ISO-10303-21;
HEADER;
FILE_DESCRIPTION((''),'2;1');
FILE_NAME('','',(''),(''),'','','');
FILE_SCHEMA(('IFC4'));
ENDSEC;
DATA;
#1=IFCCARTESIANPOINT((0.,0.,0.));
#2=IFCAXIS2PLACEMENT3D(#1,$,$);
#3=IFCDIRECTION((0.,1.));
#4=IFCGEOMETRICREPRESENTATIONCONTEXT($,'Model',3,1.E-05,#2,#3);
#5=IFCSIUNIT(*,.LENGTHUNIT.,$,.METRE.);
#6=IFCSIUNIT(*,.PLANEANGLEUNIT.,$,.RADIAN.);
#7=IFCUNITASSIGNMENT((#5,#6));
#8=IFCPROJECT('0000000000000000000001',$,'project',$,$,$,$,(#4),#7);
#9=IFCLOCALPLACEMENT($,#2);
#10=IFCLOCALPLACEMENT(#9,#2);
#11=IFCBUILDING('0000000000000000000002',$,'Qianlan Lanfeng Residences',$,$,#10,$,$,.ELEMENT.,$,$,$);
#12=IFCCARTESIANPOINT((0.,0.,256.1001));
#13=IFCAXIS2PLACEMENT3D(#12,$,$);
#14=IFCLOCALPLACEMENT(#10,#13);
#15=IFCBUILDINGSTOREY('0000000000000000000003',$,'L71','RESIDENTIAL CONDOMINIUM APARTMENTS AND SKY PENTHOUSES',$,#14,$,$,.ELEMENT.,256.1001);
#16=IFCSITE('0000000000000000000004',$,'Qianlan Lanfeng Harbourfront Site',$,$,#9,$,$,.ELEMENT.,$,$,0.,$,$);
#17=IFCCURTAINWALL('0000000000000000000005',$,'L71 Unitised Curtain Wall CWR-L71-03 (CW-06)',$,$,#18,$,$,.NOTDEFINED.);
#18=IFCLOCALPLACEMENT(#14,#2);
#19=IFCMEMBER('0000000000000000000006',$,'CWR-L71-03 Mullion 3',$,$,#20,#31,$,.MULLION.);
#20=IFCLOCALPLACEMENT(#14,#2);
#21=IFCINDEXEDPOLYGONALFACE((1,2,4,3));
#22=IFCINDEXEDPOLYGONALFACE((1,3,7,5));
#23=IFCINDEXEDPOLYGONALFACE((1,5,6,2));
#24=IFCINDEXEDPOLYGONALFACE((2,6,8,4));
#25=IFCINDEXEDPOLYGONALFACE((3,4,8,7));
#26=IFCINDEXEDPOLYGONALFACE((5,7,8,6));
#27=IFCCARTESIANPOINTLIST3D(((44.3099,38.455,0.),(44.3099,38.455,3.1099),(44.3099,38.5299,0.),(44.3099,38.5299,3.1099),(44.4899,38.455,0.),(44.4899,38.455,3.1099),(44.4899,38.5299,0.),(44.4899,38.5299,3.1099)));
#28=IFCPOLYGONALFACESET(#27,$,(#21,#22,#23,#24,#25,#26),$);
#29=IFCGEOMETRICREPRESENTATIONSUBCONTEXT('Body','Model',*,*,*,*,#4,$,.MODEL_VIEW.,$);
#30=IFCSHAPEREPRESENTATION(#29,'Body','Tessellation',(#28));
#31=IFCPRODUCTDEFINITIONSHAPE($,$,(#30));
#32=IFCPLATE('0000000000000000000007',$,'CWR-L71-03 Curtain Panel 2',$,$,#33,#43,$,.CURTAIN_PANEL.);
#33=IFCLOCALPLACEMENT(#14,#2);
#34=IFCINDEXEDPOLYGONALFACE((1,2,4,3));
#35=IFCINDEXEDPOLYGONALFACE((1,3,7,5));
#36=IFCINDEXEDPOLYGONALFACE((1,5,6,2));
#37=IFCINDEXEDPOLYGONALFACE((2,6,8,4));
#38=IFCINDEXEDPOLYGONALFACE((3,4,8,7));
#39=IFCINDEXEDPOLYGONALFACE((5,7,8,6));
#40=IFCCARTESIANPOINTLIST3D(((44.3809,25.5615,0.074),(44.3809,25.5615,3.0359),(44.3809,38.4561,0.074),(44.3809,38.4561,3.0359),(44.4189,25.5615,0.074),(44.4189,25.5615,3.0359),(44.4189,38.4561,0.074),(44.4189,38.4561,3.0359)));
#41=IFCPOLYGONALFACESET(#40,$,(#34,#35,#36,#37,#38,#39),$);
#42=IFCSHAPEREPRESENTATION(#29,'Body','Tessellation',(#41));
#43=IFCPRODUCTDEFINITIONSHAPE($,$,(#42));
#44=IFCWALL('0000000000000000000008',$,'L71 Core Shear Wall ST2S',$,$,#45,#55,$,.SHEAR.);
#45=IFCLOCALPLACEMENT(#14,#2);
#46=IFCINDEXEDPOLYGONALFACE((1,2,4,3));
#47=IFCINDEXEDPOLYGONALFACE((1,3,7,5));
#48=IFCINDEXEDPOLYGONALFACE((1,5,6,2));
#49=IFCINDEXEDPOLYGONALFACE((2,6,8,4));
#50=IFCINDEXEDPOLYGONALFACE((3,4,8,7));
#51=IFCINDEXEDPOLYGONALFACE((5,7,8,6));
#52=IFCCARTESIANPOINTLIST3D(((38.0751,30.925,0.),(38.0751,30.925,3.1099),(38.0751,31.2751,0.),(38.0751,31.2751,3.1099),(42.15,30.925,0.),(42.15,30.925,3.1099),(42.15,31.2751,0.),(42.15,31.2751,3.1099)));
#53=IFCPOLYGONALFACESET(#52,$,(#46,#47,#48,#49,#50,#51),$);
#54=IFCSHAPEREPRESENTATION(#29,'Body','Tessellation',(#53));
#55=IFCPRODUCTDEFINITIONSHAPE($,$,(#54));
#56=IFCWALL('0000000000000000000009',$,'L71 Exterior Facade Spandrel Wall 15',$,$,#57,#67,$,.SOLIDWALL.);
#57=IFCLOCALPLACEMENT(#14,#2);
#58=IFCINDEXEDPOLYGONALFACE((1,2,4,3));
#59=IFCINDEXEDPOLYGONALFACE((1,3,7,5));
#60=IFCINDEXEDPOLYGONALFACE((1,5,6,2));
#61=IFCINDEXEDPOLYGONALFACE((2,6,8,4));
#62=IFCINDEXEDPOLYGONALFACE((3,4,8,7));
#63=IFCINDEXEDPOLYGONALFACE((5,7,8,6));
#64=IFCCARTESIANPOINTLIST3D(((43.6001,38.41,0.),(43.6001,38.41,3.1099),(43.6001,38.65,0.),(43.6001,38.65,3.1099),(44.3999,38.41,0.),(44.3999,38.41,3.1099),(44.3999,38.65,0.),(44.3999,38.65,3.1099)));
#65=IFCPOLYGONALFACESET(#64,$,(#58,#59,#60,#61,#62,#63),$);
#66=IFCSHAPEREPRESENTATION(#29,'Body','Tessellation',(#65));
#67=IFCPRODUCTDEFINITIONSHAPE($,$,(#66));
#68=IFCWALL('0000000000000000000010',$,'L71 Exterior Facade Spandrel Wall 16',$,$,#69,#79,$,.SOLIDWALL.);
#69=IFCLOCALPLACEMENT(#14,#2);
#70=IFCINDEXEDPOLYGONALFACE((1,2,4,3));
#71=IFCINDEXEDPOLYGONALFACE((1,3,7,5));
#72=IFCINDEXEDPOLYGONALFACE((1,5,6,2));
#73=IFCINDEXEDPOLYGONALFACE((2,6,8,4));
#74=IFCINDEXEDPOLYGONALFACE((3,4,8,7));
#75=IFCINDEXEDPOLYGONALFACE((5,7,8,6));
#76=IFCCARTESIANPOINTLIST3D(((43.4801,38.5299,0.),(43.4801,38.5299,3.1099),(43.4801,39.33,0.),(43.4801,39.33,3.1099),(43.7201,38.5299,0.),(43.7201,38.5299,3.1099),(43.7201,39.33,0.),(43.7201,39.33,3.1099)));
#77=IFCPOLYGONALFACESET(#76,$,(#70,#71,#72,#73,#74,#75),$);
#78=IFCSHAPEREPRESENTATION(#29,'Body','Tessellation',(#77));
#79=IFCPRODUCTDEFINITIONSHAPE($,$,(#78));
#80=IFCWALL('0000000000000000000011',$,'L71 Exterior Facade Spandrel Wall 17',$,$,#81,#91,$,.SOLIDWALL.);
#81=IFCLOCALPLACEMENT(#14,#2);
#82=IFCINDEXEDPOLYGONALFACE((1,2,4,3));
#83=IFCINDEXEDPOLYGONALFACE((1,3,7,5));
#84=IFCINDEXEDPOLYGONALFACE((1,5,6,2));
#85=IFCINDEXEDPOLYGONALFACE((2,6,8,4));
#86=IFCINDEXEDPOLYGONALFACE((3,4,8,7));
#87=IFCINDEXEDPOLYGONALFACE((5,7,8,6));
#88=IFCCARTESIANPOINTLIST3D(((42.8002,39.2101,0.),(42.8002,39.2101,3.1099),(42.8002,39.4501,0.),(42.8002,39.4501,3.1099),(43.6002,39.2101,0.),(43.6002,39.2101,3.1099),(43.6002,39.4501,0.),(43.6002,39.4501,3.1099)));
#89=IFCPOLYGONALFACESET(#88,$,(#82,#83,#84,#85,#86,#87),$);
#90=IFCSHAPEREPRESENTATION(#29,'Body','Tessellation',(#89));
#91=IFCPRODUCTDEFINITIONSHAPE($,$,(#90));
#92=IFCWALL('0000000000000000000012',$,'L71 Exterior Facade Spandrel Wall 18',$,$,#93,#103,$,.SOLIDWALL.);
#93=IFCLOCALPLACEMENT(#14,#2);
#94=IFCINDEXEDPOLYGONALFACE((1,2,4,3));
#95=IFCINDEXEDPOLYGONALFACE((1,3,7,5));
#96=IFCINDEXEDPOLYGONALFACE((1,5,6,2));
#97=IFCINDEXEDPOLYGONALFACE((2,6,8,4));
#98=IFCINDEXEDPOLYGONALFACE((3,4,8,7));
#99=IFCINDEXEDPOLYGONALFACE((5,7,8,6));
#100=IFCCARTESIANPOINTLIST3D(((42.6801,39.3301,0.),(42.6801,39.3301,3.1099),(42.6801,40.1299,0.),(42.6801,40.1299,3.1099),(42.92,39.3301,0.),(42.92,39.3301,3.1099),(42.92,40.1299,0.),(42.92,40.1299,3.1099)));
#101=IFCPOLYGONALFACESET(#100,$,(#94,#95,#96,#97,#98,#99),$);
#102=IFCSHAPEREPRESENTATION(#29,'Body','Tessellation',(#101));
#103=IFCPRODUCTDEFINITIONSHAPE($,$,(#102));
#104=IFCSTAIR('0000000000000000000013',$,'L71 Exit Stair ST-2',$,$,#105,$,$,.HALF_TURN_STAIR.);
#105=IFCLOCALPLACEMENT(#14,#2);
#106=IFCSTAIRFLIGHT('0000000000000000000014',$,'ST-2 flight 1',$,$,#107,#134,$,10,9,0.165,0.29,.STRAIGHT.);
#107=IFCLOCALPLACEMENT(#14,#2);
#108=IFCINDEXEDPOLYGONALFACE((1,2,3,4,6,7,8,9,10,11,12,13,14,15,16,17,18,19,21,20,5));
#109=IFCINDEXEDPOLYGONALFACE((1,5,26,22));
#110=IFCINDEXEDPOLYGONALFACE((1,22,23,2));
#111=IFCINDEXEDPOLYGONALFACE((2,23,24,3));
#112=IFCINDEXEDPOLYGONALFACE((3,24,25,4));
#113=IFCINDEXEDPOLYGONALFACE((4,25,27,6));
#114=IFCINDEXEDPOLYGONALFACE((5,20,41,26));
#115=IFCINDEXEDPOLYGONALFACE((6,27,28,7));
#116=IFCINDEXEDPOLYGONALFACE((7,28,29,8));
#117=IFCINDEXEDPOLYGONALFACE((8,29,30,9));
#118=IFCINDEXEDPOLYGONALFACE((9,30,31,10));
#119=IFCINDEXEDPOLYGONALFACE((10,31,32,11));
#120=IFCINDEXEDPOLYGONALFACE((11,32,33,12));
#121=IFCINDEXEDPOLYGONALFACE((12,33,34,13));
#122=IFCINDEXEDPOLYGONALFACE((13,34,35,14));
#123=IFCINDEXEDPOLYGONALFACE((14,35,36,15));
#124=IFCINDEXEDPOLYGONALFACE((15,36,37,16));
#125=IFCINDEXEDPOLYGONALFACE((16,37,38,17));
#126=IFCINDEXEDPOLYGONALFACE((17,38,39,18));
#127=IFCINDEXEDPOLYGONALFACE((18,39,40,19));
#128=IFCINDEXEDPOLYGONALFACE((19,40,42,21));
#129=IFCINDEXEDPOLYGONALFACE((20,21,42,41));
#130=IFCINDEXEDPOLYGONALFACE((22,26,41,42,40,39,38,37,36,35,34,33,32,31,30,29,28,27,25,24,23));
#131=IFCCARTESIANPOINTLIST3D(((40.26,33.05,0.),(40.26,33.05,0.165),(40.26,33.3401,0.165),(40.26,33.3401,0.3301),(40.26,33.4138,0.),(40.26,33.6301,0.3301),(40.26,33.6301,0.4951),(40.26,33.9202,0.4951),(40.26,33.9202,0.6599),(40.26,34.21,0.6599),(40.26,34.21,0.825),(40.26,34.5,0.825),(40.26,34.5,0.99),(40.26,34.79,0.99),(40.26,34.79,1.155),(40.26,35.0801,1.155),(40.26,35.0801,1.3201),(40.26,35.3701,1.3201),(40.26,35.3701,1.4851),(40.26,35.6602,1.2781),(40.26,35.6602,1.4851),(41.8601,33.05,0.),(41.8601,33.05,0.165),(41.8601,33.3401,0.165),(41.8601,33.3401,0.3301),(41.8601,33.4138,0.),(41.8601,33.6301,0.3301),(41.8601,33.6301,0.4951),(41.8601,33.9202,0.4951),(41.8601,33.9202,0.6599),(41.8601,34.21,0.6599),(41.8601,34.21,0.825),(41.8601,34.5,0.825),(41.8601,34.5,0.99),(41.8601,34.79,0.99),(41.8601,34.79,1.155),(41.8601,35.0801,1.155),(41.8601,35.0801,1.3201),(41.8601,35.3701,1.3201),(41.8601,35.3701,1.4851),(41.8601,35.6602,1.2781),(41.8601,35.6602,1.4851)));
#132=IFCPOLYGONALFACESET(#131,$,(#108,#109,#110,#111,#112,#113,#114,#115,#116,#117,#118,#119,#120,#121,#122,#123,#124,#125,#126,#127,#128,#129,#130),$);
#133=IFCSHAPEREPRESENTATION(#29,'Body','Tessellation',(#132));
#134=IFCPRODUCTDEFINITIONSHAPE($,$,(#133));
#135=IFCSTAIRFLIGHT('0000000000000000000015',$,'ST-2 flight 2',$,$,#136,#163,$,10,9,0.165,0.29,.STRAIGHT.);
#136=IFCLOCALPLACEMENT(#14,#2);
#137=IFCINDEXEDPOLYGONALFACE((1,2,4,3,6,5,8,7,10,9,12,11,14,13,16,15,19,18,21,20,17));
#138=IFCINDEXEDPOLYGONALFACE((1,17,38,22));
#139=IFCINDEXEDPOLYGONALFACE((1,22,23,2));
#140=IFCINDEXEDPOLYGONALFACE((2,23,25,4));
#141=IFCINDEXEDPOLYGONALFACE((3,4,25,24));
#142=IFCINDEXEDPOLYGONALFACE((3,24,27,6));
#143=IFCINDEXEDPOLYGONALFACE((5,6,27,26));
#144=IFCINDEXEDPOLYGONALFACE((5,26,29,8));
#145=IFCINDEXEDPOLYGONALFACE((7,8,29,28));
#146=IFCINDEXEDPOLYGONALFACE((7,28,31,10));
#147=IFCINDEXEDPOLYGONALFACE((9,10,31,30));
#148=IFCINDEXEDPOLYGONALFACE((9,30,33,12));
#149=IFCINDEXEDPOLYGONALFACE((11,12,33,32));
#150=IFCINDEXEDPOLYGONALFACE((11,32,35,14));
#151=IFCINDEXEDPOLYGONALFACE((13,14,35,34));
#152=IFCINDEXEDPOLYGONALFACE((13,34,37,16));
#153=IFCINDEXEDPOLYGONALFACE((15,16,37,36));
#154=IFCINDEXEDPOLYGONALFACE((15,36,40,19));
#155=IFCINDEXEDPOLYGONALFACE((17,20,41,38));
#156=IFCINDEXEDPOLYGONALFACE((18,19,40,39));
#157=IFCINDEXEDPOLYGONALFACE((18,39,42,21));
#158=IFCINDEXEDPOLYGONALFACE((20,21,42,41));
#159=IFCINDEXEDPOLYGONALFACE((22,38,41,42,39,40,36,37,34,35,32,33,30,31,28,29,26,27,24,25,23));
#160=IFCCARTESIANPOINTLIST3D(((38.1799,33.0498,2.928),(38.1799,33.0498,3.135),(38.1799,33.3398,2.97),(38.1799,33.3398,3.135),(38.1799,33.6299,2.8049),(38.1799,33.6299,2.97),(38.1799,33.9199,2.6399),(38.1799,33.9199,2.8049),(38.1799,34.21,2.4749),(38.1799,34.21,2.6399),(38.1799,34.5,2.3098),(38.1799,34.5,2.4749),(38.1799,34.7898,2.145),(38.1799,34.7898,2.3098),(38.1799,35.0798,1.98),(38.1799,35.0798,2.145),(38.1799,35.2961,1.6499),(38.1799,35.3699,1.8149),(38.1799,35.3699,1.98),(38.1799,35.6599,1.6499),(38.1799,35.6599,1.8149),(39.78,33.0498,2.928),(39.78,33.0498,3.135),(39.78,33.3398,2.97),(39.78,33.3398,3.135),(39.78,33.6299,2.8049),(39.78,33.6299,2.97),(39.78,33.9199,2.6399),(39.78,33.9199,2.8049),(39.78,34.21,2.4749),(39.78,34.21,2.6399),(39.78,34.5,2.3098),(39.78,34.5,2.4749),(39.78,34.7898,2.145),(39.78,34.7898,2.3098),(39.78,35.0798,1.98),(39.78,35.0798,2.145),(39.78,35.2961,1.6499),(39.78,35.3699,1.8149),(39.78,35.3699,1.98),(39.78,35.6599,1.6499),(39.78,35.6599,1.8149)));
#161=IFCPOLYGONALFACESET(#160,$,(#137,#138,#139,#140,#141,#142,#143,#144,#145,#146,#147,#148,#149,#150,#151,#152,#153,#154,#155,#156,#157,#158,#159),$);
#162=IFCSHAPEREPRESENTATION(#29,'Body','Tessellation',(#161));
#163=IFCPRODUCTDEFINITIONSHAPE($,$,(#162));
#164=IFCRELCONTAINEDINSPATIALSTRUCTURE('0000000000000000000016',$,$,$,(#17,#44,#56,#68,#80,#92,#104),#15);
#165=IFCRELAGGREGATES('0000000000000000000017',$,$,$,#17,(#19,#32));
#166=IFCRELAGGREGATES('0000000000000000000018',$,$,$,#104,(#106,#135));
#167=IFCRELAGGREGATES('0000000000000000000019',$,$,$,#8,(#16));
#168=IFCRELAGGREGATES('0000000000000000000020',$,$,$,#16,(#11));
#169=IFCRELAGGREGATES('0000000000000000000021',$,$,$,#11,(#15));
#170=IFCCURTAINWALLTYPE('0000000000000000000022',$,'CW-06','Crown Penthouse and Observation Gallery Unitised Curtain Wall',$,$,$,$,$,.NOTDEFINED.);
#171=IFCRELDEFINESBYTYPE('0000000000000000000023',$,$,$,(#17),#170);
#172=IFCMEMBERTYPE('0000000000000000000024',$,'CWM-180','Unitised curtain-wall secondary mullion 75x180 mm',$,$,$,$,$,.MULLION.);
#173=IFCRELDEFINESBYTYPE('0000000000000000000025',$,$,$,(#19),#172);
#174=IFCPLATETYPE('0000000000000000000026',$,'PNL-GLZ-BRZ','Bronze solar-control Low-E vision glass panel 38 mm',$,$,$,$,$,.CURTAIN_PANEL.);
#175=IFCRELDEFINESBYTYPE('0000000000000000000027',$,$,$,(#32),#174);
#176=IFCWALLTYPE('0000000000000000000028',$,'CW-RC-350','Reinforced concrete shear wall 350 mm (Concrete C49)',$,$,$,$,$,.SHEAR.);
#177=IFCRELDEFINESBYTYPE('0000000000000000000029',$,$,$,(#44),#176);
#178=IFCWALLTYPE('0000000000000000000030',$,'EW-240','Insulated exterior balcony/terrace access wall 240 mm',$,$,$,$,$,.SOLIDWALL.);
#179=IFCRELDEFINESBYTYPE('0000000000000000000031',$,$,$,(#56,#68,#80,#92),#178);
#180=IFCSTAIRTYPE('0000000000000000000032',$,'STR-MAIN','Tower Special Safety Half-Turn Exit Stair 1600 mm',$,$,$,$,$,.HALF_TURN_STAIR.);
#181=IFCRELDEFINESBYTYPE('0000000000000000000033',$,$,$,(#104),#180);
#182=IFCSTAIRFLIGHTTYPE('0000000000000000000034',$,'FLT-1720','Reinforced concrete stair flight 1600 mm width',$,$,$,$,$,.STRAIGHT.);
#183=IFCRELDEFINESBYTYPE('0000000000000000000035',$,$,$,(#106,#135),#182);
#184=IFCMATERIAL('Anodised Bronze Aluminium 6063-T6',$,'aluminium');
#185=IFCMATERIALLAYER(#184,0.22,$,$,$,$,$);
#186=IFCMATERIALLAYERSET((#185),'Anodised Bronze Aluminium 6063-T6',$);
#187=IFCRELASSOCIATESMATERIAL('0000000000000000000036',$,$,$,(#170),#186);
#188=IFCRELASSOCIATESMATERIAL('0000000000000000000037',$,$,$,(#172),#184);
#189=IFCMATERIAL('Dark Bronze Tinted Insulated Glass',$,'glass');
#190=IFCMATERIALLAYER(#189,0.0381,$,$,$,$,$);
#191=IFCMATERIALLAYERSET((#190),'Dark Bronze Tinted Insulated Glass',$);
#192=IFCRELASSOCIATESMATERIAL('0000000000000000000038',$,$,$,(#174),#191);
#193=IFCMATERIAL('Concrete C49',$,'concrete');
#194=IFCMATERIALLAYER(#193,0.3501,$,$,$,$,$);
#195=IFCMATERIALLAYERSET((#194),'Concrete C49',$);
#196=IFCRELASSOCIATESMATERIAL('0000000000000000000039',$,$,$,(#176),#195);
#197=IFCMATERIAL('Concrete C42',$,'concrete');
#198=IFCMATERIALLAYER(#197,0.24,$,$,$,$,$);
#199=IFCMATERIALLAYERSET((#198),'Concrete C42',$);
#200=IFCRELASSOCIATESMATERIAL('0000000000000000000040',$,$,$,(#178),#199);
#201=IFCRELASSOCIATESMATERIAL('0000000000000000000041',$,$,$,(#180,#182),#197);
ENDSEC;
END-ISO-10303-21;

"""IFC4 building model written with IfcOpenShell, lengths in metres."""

from ifc_helpers import new_model, si_unit, direction, frame, frame_2d, origin, origin_2d, place, context, subcontext, project, spatial, polyline, rectangle, outline, extrude, source, transform, mapped, material, layer, layer_set, material_profile, profile_set, type_object, element, aggregate, save


model = new_model("IFC4")

# Units and contexts
model_context = context("Model", 3, precision=1e-05, world=origin(), true_north=direction((0.0, 1.0)))
body_context = subcontext(model_context, "Body", "Model", "MODEL_VIEW")
ifc_project = project(units=[si_unit("LENGTHUNIT", "METRE"), si_unit("PLANEANGLEUNIT", "RADIAN")], contexts=[model_context])

# Site, building, storey
site_placement = place(None, origin())
site = spatial("IfcSite", under=ifc_project, at=site_placement, Name="Qianlan Lanfeng Harbourfront Site", CompositionType="ELEMENT", RefElevation=0.0)
building_placement = place(site_placement, origin())
building = spatial("IfcBuilding", under=site, at=building_placement, Name="Qianlan Lanfeng Residences", CompositionType="ELEMENT")
storey_placement = place(building_placement, frame((0.0, 0.0, 256.1001)))
storey = spatial("IfcBuildingStorey", under=building, at=storey_placement, Name="L71", Description="RESIDENTIAL CONDOMINIUM APARTMENTS AND SKY PENTHOUSES", CompositionType="ELEMENT", Elevation=256.1001)

# Curtain wall, member, plate
ifc_material_1 = material(Name="Anodised Bronze Aluminium 6063-T6", Category="aluminium")
ifc_layer_1 = layer(ifc_material_1, 0.22)
ifc_layer_set_1 = layer_set([ifc_layer_1], Name="Anodised Bronze Aluminium 6063-T6")
curtain_wall_type = type_object("IfcCurtainWallType", Name="CW-06", Description="Crown Penthouse and Observation Gallery Unitised Curtain Wall", PredefinedType="NOTDEFINED", material=ifc_layer_set_1)
curtain_wall_placement = place(storey_placement, origin())
curtain_wall = element("IfcCurtainWall", 1, at=curtain_wall_placement, inside=storey, type_object=curtain_wall_type, Name="L71 Unitised Curtain Wall CWR-L71-03 (CW-06)", PredefinedType="NOTDEFINED")
ifc_material_profile = material_profile(ifc_material_1, rectangle(XDim=0.075, YDim=0.1799, at=origin_2d()), Name="ALU MULLION 75x180")
ifc_profile_set = profile_set([ifc_material_profile], Name="Anodised Bronze Aluminium 6063-T6")
member_type = type_object("IfcMemberType", Name="CWM-180", Description="Unitised curtain-wall secondary mullion 75x180 mm", PredefinedType="MULLION", material=ifc_profile_set)
shared_shape_1 = source(origin(), body_context, "Body", "SweptSolid", [
    extrude(rectangle(XDim=0.075, YDim=0.1799, at=origin_2d()), origin(), (0.0, 0.0, 1.0), 3.1099),
])
member_placement = place(storey_placement, frame((44.3999, 38.4924, 0.0), z_axis=(0.0, 0.0, 1.0), x_axis=(0.0, 1.0, 0.0)))
member = element("IfcMember", 2, at=member_placement, type_object=member_type, Name="CWR-L71-03 Mullion 3", PredefinedType="MULLION", context=body_context, shape_type="MappedRepresentation", body=[
    mapped(shared_shape_1, transform((0.0, 0.0, 0.0), scale=1.0)),
])
ifc_material_2 = material(Name="Dark Bronze Tinted Insulated Glass", Category="glass")
ifc_layer_2 = layer(ifc_material_2, 0.0381)
ifc_layer_set_2 = layer_set([ifc_layer_2], Name="Dark Bronze Tinted Insulated Glass")
plate_type = type_object("IfcPlateType", Name="PNL-GLZ-BRZ", Description="Bronze solar-control Low-E vision glass panel 38 mm", PredefinedType="CURTAIN_PANEL", material=ifc_layer_set_2)
shared_shape_2 = source(origin(), body_context, "Body", "SweptSolid", [
    extrude(rectangle(XDim=12.8945, YDim=0.0381, at=origin_2d()), origin(), (0.0, 0.0, 1.0), 2.9619),
])
plate_placement = place(storey_placement, frame((44.3999, 32.0088, 0.074), z_axis=(0.0, 0.0, 1.0), x_axis=(0.0, 1.0, 0.0)))
plate = element("IfcPlate", 3, at=plate_placement, type_object=plate_type, Name="CWR-L71-03 Curtain Panel 2", PredefinedType="CURTAIN_PANEL", context=body_context, shape_type="MappedRepresentation", body=[
    mapped(shared_shape_2, transform((0.0, 0.0, 0.0), scale=1.0)),
])
aggregate(curtain_wall, [member, plate])

# Walls
ifc_material_3 = material(Name="Concrete C49", Category="concrete")
ifc_layer_3 = layer(ifc_material_3, 0.3501)
ifc_layer_set_3 = layer_set([ifc_layer_3], Name="Concrete C49")
wall_type_1 = type_object("IfcWallType", Name="CW-RC-350", Description="Reinforced concrete shear wall 350 mm (Concrete C49)", PredefinedType="SHEAR", material=ifc_layer_set_3)
wall_1_placement = place(storey_placement, frame((38.075, 31.1001, 0.0), z_axis=(0.0, 0.0, 1.0), x_axis=(1.0, 0.0, 0.0)))
element("IfcWall", 4, at=wall_1_placement, inside=storey, type_object=wall_type_1, Name="L71 Core Shear Wall ST2S", PredefinedType="SHEAR", context=body_context, shape_type="SweptSolid", body=[
    extrude(rectangle(XDim=4.075, YDim=0.3501, at=frame_2d((2.0376, 0.0))), origin(), (0.0, 0.0, 1.0), 3.1099),
])
ifc_material_4 = material(Name="Concrete C42", Category="concrete")
ifc_layer_4 = layer(ifc_material_4, 0.24)
ifc_layer_set_4 = layer_set([ifc_layer_4], Name="Concrete C42")
wall_type_2 = type_object("IfcWallType", Name="EW-240", Description="Insulated exterior balcony/terrace access wall 240 mm", PredefinedType="SOLIDWALL", material=ifc_layer_set_4)
wall_2_placement = place(storey_placement, frame((44.3999, 38.53, 0.0), z_axis=(0.0, 0.0, 1.0), x_axis=(-1.0, 0.0, 0.0)))
element("IfcWall", 5, at=wall_2_placement, inside=storey, type_object=wall_type_2, Name="L71 Exterior Facade Spandrel Wall 15", PredefinedType="SOLIDWALL", context=body_context, shape_type="SweptSolid", body=[
    extrude(rectangle(XDim=0.7998, YDim=0.24, at=frame_2d((0.3999, 0.0))), origin(), (0.0, 0.0, 1.0), 3.1099),
])
for number, where, z_axis, x_axis, name in (
    (6, (43.6001, 38.53, 0.0), (0.0, 0.0, 1.0), (0.0, 1.0, 0.0), "L71 Exterior Facade Spandrel Wall 16"),
    (7, (43.6001, 39.3301, 0.0), (0.0, 0.0, 1.0), (-1.0, 0.0, 0.0), "L71 Exterior Facade Spandrel Wall 17"),
):
    element("IfcWall", number, at=place(storey_placement, frame(where, z_axis=z_axis, x_axis=x_axis)), inside=storey, type_object=wall_type_2, Name=name, PredefinedType="SOLIDWALL", context=body_context, shape_type="SweptSolid", body=[
        extrude(rectangle(XDim=0.8, YDim=0.24, at=frame_2d((0.3999, 0.0))), origin(), (0.0, 0.0, 1.0), 3.1099),
    ])
wall_3_placement = place(storey_placement, frame((42.8, 39.3301, 0.0), z_axis=(0.0, 0.0, 1.0), x_axis=(0.0, 1.0, 0.0)))
element("IfcWall", 8, at=wall_3_placement, inside=storey, type_object=wall_type_2, Name="L71 Exterior Facade Spandrel Wall 18", PredefinedType="SOLIDWALL", context=body_context, shape_type="SweptSolid", body=[
    extrude(rectangle(XDim=0.7998, YDim=0.24, at=frame_2d((0.3999, 0.0))), origin(), (0.0, 0.0, 1.0), 3.1099),
])

# Stair, stair flights
stair_type = type_object("IfcStairType", Name="STR-MAIN", Description="Tower Special Safety Half-Turn Exit Stair 1600 mm", PredefinedType="HALF_TURN_STAIR", material=ifc_material_4)
stair_placement = place(storey_placement, origin())
stair = element("IfcStair", 9, at=stair_placement, inside=storey, type_object=stair_type, Name="L71 Exit Stair ST-2", PredefinedType="HALF_TURN_STAIR")
stair_flight_type = type_object("IfcStairFlightType", Name="FLT-1720", Description="Reinforced concrete stair flight 1600 mm width", PredefinedType="STRAIGHT", material=ifc_material_4)
stair_flight_1_placement = place(storey_placement, frame((41.0601, 33.05, 0.0), z_axis=(0.0, 0.0, 1.0), x_axis=(0.0, 1.0, 0.0)))
stair_flight_1 = element("IfcStairFlight", 10, at=stair_flight_1_placement, type_object=stair_flight_type, Name="ST-2 flight 1", NumberOfRisers=10, NumberOfTreads=9, PredefinedType="STRAIGHT", RiserHeight=0.165, TreadLength=0.29, context=body_context, shape_type="SweptSolid", body=[
    extrude(outline(polyline([(0.0, 0.0), (0.0, 0.165), (0.29, 0.165), (0.29, 0.3301), (0.5801, 0.3301), (0.5801, 0.4951), (0.8701, 0.4951), (0.8701, 0.6599), (1.1599, 0.6599), (1.1599, 0.825), (1.45, 0.825), (1.45, 0.99), (1.74, 0.99), (1.74, 1.155), (2.03, 1.155), (2.03, 1.3201), (2.3201, 1.3201), (2.3201, 1.4851), (2.6101, 1.4851), (2.6101, 1.6499), (2.6101, 1.2781), (0.3638, 0.0), (0.0, 0.0)])), frame((0.0, 0.8, 0.0), z_axis=(0.0, -1.0, 0.0), x_axis=(1.0, 0.0, 0.0)), (0.0, 0.0, 1.0), 1.6001),
])
stair_flight_2_placement = place(storey_placement, frame((38.98, 35.6599, 1.6499), z_axis=(0.0, 0.0, 1.0), x_axis=(0.0, -1.0, 0.0)))
stair_flight_2 = element("IfcStairFlight", 11, at=stair_flight_2_placement, type_object=stair_flight_type, Name="ST-2 flight 2", NumberOfRisers=10, NumberOfTreads=9, PredefinedType="STRAIGHT", RiserHeight=0.165, TreadLength=0.29, context=body_context, shape_type="SweptSolid", body=[
    extrude(outline(polyline([(0.0, 0.0), (0.0, 0.165), (0.29, 0.165), (0.29, 0.3301), (0.5801, 0.3301), (0.5801, 0.4951), (0.8701, 0.4951), (0.8701, 0.6599), (1.1599, 0.6599), (1.1599, 0.825), (1.45, 0.825), (1.45, 0.99), (1.74, 0.99), (1.74, 1.155), (2.03, 1.155), (2.03, 1.3201), (2.3201, 1.3201), (2.3201, 1.4851), (2.6101, 1.4851), (2.6101, 1.6499), (2.6101, 1.2781), (0.3638, 0.0), (0.0, 0.0)])), frame((0.0, 0.8, 0.0), z_axis=(0.0, -1.0, 0.0), x_axis=(1.0, 0.0, 0.0)), (0.0, 0.0, 1.0), 1.6001),
])
aggregate(stair, [stair_flight_1, stair_flight_2])

save(model, "model.ifc")
